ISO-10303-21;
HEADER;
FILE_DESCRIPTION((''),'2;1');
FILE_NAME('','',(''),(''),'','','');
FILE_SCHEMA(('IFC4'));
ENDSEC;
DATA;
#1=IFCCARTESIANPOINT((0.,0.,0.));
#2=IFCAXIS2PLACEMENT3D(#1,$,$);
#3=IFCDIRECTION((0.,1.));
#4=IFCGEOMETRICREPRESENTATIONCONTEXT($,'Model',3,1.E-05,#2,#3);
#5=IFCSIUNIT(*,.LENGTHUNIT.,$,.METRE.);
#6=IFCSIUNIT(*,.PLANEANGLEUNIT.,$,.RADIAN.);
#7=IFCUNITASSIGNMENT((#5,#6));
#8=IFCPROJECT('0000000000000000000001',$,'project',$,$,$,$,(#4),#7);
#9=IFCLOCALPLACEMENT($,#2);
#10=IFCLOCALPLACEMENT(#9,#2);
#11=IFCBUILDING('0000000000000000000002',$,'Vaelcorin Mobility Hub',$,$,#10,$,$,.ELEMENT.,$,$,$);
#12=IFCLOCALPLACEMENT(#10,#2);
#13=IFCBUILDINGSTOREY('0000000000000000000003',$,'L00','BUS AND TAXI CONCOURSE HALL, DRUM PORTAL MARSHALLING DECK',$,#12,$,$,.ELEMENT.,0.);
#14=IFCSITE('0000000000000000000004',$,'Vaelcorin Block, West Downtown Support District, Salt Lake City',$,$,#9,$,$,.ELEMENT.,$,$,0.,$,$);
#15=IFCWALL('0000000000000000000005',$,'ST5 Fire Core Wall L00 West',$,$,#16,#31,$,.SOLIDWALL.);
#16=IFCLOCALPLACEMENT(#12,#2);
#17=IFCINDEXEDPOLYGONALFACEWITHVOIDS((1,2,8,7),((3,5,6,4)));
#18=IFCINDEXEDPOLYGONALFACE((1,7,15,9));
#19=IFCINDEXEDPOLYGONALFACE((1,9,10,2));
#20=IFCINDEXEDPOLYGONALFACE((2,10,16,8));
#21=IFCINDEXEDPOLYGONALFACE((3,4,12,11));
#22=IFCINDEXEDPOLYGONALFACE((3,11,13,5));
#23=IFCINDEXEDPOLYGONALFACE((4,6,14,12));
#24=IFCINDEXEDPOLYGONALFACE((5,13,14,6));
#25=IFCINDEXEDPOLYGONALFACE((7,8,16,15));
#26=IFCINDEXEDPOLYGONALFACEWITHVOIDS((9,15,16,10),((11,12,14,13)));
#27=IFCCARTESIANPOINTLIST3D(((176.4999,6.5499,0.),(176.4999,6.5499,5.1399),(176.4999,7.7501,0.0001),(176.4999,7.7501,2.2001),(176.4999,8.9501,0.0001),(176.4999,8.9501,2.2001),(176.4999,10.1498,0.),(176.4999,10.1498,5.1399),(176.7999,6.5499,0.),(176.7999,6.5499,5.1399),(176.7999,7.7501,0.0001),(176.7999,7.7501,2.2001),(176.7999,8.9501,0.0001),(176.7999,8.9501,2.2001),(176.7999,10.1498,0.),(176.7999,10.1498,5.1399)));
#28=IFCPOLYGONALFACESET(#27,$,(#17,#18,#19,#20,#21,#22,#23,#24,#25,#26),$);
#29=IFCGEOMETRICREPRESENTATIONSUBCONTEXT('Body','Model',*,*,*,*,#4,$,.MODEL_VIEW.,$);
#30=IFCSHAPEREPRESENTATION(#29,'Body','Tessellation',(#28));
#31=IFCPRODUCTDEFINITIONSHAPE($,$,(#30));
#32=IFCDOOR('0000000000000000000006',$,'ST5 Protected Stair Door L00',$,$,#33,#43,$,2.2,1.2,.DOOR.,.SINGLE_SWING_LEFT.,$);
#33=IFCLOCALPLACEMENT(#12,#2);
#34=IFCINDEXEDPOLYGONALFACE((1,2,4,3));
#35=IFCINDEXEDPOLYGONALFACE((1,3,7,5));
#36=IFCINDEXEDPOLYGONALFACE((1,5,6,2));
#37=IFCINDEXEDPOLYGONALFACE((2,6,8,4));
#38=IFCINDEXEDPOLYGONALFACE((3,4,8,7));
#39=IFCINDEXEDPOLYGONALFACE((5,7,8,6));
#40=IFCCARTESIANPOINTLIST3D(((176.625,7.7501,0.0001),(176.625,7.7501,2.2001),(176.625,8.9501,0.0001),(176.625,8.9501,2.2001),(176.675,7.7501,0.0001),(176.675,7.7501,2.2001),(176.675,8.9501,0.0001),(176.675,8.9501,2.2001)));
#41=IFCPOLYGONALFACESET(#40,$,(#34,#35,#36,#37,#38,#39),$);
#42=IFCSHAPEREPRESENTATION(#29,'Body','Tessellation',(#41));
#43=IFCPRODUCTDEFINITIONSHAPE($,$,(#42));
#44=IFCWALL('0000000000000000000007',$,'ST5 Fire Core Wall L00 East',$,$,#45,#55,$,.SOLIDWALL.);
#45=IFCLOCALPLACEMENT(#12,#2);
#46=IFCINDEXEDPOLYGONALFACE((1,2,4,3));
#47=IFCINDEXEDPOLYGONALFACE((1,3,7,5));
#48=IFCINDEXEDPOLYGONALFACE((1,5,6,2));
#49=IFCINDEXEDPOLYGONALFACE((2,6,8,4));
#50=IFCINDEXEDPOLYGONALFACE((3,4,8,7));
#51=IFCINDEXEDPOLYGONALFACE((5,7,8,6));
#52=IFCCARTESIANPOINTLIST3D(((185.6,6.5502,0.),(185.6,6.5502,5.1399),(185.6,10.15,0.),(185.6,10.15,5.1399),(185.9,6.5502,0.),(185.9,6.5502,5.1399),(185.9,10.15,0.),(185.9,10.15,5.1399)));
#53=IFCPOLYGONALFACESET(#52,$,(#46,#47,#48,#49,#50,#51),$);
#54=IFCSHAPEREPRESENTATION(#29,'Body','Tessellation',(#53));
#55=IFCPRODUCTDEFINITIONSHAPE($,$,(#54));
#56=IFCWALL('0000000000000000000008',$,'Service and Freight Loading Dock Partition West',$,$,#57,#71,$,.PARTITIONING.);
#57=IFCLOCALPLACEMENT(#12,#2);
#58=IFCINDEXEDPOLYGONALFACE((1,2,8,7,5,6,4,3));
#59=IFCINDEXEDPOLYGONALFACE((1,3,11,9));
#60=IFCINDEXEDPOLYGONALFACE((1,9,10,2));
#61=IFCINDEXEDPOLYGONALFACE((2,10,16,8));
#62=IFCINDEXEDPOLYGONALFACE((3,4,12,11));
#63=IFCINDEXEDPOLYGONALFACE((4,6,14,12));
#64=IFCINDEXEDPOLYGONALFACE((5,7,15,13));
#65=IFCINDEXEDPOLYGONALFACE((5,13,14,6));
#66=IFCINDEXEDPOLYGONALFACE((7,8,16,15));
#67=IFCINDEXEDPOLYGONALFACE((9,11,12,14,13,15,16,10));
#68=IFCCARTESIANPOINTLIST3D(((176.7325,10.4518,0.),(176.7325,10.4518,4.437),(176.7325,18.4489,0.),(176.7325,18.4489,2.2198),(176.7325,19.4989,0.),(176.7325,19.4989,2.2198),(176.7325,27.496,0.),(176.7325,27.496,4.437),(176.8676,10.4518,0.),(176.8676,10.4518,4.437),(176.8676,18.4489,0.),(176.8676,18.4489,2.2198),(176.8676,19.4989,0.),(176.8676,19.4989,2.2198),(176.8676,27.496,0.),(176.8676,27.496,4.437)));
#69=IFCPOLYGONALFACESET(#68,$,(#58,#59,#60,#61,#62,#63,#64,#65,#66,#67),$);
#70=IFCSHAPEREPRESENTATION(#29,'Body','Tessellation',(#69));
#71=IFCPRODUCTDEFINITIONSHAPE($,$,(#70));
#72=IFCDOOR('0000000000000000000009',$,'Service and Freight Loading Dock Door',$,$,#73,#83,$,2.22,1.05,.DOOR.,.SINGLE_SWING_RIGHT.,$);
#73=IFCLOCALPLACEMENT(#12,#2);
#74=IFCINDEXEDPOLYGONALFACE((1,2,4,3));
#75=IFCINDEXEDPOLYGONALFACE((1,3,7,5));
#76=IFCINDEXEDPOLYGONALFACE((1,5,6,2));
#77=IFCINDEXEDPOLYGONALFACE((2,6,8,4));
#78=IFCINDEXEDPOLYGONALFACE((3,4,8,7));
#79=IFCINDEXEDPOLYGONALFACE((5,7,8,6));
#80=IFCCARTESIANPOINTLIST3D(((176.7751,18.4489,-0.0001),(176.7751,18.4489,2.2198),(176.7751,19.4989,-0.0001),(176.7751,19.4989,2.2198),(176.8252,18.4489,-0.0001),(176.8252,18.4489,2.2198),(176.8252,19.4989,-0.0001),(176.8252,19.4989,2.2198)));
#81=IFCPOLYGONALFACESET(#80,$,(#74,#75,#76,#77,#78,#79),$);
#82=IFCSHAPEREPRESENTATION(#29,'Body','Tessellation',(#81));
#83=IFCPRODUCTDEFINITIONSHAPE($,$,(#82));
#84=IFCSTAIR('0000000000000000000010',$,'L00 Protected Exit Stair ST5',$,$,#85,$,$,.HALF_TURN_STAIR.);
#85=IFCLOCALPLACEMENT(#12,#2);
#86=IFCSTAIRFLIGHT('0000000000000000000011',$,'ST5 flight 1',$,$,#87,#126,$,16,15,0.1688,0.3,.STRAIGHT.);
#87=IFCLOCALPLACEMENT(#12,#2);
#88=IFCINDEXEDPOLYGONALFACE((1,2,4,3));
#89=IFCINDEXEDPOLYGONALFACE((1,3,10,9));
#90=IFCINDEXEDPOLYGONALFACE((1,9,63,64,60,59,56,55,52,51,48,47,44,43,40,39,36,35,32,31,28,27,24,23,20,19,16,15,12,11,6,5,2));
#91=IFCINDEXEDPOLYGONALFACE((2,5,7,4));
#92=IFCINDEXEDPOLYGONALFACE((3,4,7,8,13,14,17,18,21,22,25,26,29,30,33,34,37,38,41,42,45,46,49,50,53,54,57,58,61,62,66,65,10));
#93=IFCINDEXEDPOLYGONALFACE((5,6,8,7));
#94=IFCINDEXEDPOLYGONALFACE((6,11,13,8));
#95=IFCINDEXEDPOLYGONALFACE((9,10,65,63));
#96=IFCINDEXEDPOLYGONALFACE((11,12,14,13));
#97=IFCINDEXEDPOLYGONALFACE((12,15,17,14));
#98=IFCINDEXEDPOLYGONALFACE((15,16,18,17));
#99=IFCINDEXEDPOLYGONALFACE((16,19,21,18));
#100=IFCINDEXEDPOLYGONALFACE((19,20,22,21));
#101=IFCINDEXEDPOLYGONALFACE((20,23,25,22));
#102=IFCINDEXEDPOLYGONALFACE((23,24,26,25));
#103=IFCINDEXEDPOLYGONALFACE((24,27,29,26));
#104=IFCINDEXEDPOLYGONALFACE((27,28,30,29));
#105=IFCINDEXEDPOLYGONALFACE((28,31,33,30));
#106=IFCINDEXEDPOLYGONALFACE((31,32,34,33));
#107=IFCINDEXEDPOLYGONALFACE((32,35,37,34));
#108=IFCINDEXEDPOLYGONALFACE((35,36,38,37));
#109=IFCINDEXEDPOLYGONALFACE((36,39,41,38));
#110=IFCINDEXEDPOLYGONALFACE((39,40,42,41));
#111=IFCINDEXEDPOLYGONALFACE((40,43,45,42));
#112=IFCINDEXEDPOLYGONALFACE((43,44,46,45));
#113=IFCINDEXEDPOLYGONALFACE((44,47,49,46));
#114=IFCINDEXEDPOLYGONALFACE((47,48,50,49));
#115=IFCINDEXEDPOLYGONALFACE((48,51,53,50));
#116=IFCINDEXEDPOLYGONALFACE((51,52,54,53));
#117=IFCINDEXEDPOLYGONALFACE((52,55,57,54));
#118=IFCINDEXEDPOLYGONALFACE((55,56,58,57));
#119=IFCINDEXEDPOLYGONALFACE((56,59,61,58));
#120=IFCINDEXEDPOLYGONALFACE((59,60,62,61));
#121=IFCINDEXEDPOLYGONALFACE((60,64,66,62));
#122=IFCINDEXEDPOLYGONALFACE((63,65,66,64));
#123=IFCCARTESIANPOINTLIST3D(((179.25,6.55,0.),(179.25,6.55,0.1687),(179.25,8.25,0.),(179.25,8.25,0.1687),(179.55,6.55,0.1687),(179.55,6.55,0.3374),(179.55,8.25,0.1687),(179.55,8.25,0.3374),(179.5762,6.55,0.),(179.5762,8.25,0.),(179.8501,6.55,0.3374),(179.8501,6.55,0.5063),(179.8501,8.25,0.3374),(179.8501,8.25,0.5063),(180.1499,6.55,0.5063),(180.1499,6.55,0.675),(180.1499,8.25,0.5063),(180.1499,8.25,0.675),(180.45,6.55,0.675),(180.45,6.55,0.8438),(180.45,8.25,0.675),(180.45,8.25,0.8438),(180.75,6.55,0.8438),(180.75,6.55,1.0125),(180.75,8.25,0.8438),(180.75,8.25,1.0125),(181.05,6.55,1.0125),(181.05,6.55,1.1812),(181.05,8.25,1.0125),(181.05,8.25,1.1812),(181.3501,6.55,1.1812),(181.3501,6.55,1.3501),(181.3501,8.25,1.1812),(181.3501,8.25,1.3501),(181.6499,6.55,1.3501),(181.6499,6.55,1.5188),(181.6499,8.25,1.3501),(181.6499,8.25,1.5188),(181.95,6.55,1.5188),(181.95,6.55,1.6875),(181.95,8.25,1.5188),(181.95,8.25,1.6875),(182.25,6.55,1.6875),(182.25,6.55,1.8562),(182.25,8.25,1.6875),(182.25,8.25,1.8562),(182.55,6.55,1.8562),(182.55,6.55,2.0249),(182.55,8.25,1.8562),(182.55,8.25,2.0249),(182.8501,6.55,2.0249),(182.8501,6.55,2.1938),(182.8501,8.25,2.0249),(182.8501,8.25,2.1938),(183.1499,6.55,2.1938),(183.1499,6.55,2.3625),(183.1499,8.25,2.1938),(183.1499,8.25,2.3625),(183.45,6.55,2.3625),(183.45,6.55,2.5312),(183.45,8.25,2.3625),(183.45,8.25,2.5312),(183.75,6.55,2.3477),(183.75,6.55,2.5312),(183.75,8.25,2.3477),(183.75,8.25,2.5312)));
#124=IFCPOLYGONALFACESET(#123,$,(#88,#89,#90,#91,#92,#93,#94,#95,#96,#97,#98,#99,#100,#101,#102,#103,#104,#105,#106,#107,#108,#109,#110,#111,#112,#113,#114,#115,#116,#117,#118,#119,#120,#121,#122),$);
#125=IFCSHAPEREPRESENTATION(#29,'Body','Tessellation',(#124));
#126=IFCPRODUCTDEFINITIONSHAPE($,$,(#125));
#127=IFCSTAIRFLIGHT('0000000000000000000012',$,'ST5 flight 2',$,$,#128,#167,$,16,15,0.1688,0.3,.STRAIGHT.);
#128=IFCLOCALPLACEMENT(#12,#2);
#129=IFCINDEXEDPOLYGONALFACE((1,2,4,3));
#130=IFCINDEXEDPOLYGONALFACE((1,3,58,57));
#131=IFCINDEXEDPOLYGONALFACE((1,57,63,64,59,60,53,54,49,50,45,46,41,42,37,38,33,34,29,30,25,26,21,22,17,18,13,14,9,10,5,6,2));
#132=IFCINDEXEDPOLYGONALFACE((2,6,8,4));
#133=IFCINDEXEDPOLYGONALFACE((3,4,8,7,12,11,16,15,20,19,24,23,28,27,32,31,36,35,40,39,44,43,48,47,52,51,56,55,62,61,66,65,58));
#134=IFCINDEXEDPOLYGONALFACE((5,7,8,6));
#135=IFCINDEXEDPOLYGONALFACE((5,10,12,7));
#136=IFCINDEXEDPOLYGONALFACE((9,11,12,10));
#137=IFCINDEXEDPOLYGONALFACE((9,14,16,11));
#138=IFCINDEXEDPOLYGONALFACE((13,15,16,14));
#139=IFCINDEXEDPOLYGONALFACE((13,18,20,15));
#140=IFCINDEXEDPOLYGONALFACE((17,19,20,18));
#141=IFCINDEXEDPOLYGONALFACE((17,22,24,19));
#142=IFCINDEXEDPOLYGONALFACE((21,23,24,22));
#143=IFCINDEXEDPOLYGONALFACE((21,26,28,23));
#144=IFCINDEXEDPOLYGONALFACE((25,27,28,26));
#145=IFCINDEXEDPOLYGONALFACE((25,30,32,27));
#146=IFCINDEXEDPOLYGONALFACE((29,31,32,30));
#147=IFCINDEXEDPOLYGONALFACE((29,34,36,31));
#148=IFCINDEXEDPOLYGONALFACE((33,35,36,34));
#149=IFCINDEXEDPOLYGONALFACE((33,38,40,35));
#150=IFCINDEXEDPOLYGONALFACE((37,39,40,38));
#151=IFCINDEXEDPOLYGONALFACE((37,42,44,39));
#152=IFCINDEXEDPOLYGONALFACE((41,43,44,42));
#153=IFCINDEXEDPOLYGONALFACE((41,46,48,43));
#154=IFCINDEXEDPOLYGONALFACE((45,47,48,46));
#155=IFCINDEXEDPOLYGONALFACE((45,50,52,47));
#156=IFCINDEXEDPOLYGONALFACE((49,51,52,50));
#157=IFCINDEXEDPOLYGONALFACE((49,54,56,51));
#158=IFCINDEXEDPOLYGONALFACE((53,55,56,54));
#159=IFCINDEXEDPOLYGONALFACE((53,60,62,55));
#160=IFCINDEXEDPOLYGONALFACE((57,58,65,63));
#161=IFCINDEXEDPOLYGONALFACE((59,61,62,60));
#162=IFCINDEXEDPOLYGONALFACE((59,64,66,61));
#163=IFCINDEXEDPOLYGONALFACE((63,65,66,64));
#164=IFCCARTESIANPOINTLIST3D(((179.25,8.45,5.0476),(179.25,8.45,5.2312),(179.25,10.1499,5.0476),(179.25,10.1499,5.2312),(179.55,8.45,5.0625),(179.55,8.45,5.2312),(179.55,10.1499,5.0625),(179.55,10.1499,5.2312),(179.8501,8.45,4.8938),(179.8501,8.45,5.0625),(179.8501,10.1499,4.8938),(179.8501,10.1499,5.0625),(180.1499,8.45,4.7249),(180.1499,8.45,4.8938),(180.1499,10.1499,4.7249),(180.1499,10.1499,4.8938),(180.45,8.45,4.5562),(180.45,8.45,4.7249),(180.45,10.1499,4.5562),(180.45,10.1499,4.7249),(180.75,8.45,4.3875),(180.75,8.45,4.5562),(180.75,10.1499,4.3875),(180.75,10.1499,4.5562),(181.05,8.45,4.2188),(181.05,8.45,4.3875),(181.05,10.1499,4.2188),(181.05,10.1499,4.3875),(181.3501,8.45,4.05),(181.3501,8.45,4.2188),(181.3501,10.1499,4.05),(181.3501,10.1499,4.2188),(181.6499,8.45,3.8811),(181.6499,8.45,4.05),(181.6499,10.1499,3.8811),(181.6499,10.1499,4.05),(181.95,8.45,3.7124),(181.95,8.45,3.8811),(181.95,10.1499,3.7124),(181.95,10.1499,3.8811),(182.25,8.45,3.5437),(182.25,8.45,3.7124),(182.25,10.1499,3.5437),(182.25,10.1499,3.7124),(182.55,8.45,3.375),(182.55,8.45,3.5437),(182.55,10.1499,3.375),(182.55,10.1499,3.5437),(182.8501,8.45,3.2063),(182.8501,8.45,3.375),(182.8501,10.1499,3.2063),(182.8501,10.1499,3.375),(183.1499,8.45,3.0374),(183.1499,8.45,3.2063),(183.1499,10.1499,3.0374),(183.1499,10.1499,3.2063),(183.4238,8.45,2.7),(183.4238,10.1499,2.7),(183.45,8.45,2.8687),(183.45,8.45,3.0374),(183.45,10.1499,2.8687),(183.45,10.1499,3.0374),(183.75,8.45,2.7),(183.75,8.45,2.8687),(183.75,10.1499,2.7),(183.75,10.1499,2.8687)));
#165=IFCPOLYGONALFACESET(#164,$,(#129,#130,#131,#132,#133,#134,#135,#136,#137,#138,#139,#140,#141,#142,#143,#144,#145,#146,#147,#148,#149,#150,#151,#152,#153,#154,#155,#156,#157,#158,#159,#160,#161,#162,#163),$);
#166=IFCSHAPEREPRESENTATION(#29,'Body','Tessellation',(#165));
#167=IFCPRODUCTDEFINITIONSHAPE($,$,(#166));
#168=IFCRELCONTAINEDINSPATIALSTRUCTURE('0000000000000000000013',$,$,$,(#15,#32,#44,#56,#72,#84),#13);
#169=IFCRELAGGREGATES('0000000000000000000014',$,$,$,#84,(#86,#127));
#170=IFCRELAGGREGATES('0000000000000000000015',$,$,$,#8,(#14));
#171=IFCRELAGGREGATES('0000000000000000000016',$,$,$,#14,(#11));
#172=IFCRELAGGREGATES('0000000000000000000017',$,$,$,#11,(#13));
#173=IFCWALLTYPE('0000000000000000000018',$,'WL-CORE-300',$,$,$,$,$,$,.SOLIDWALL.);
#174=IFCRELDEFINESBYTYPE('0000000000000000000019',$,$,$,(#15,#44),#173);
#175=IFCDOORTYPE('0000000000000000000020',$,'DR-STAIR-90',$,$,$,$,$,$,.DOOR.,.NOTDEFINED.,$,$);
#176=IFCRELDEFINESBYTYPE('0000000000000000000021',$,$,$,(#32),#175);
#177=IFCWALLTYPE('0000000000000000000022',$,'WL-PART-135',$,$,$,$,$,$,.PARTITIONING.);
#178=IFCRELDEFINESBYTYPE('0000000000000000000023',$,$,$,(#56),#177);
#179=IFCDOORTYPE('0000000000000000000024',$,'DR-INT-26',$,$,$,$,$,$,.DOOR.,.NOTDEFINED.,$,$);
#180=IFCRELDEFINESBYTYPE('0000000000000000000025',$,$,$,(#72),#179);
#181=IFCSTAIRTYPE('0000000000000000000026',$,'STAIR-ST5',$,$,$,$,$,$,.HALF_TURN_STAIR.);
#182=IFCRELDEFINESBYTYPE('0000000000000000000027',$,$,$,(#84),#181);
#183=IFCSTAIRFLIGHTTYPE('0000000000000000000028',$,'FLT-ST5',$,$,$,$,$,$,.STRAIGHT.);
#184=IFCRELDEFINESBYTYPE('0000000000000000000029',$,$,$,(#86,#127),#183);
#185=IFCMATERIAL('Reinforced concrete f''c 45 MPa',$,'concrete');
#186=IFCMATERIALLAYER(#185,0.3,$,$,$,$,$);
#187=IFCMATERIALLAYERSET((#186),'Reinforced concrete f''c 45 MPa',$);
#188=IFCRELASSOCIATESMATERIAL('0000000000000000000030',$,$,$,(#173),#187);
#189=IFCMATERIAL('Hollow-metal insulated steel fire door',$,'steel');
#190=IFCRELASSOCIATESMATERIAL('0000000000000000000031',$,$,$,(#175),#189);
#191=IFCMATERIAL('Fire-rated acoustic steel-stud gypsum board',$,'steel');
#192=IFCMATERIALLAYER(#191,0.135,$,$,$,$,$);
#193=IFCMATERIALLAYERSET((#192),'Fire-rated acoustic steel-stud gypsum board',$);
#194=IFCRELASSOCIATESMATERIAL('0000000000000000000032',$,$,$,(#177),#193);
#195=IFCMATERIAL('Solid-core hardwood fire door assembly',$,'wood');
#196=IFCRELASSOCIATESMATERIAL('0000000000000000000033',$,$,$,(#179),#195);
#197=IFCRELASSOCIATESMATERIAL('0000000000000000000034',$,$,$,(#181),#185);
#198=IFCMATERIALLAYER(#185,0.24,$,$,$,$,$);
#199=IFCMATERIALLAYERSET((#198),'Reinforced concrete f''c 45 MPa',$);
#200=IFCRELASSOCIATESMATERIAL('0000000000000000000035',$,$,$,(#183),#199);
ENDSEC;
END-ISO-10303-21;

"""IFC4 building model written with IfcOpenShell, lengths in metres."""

from ifc_helpers import new_model, si_unit, direction, frame, frame_2d, origin, place, context, subcontext, project, spatial, polyline, rectangle, outline, extrude, material, layer, layer_set, type_object, element, fill, aggregate, save


model = new_model("IFC4")

# Units and contexts
model_context = context("Model", 3, precision=1e-05, world=origin(), true_north=direction((0.0, 1.0)))
body_context = subcontext(model_context, "Body", "Model", "MODEL_VIEW")
ifc_project = project(units=[si_unit("LENGTHUNIT", "METRE"), si_unit("PLANEANGLEUNIT", "RADIAN")], contexts=[model_context])

# Site, building, storey
site_placement = place(None, origin())
site = spatial("IfcSite", under=ifc_project, at=site_placement, Name="Vaelcorin Block, West Downtown Support District, Salt Lake City", CompositionType="ELEMENT", RefElevation=0.0)
building_placement = place(site_placement, origin())
building = spatial("IfcBuilding", under=site, at=building_placement, Name="Vaelcorin Mobility Hub", CompositionType="ELEMENT")
storey_placement = place(building_placement, origin())
storey = spatial("IfcBuildingStorey", under=building, at=storey_placement, Name="L00", Description="BUS AND TAXI CONCOURSE HALL, DRUM PORTAL MARSHALLING DECK", CompositionType="ELEMENT", Elevation=0.0)

# Shared definitions
ifc_material_1 = material(Name="Reinforced concrete f'c 45 MPa", Category="concrete")
ifc_layer_1 = layer(ifc_material_1, 0.3)
ifc_layer_set_1 = layer_set([ifc_layer_1], Name="Reinforced concrete f'c 45 MPa")
wall_type_1 = type_object("IfcWallType", Name="WL-CORE-300", PredefinedType="SOLIDWALL", material=ifc_layer_set_1)

# Wall, opening, door
wall_1_placement = place(storey_placement, frame((176.6499, 6.55, 0.0), z_axis=(0.0, 0.0, 1.0), x_axis=(0.0, 1.0, 0.0)))
wall_1 = element("IfcWall", 1, at=wall_1_placement, inside=storey, type_object=wall_type_1, Name="ST5 Fire Core Wall L00 West", PredefinedType="SOLIDWALL", context=body_context, shape_type="SweptSolid", body=[
    extrude(rectangle(XDim=3.5999, YDim=0.3, at=frame_2d((1.7998, 0.0))), origin(), (0.0, 0.0, 1.0), 5.1399),
])
opening_1_placement = place(wall_1_placement, frame((1.2, 0.0, 0.0)))
opening_1 = element("IfcOpeningElement", 2, at=opening_1_placement, cuts=wall_1, PredefinedType="OPENING", context=body_context, shape_type="SweptSolid", body=[
    extrude(rectangle(XDim=1.2, YDim=2.2, at=frame_2d((0.6001, 1.1001))), frame((0.0, 0.1599, 0.0), z_axis=(0.0, -1.0, 0.0), x_axis=(1.0, 0.0, 0.0)), (0.0, 0.0, 1.0), 0.3201),
])
ifc_material_2 = material(Name="Hollow-metal insulated steel fire door", Category="steel")
door_type_1 = type_object("IfcDoorType", Name="DR-STAIR-90", OperationType="NOTDEFINED", PredefinedType="DOOR", material=ifc_material_2)
door_1_placement = place(opening_1_placement, origin())
door_1 = element("IfcDoor", 3, at=door_1_placement, inside=storey, type_object=door_type_1, Name="ST5 Protected Stair Door L00", OperationType="SINGLE_SWING_LEFT", OverallHeight=2.2, OverallWidth=1.2, PredefinedType="DOOR", context=body_context, shape_type="SweptSolid", body=[
    extrude(rectangle(XDim=1.2, YDim=2.2, at=frame_2d((0.6001, 1.1001))), frame((0.0, 0.0249, 0.0), z_axis=(0.0, -1.0, 0.0), x_axis=(1.0, 0.0, 0.0)), (0.0, 0.0, 1.0), 0.05),
])
fill(opening_1, door_1)

# Wall
wall_2_placement = place(storey_placement, frame((185.75, 10.1499, 0.0), z_axis=(0.0, 0.0, 1.0), x_axis=(0.0, -1.0, 0.0)))
element("IfcWall", 4, at=wall_2_placement, inside=storey, type_object=wall_type_1, Name="ST5 Fire Core Wall L00 East", PredefinedType="SOLIDWALL", context=body_context, shape_type="SweptSolid", body=[
    extrude(rectangle(XDim=3.5999, YDim=0.3, at=frame_2d((1.7998, 0.0))), origin(), (0.0, 0.0, 1.0), 5.1399),
])

# Wall, opening, door
ifc_material_3 = material(Name="Fire-rated acoustic steel-stud gypsum board", Category="steel")
ifc_layer_2 = layer(ifc_material_3, 0.135)
ifc_layer_set_2 = layer_set([ifc_layer_2], Name="Fire-rated acoustic steel-stud gypsum board")
wall_type_2 = type_object("IfcWallType", Name="WL-PART-135", PredefinedType="PARTITIONING", material=ifc_layer_set_2)
wall_3_placement = place(storey_placement, frame((176.8, 10.4519, 0.0), z_axis=(0.0, 0.0, 1.0), x_axis=(0.0, 1.0, 0.0)))
wall_3 = element("IfcWall", 5, at=wall_3_placement, inside=storey, type_object=wall_type_2, Name="Service and Freight Loading Dock Partition West", PredefinedType="PARTITIONING", context=body_context, shape_type="SweptSolid", body=[
    extrude(rectangle(XDim=17.0442, YDim=0.135, at=frame_2d((8.522, 0.0))), origin(), (0.0, 0.0, 1.0), 4.437),
])
opening_2_placement = place(wall_3_placement, frame((7.9971, 0.0, 0.0)))
opening_2 = element("IfcOpeningElement", 6, at=opening_2_placement, cuts=wall_3, PredefinedType="OPENING", context=body_context, shape_type="SweptSolid", body=[
    extrude(rectangle(XDim=1.05, YDim=2.22, at=frame_2d((0.5249, 1.1099))), frame((0.0, 0.0774, 0.0), z_axis=(0.0, -1.0, 0.0), x_axis=(1.0, 0.0, 0.0)), (0.0, 0.0, 1.0), 0.155),
])
ifc_material_4 = material(Name="Solid-core hardwood fire door assembly", Category="wood")
door_type_2 = type_object("IfcDoorType", Name="DR-INT-26", OperationType="NOTDEFINED", PredefinedType="DOOR", material=ifc_material_4)
door_2_placement = place(opening_2_placement, origin())
door_2 = element("IfcDoor", 7, at=door_2_placement, inside=storey, type_object=door_type_2, Name="Service and Freight Loading Dock Door", OperationType="SINGLE_SWING_RIGHT", OverallHeight=2.22, OverallWidth=1.05, PredefinedType="DOOR", context=body_context, shape_type="SweptSolid", body=[
    extrude(rectangle(XDim=1.05, YDim=2.22, at=frame_2d((0.5249, 1.1099))), frame((0.0, 0.0249, 0.0), z_axis=(0.0, -1.0, 0.0), x_axis=(1.0, 0.0, 0.0)), (0.0, 0.0, 1.0), 0.05),
])
fill(opening_2, door_2)

# Stair, stair flights
stair_type = type_object("IfcStairType", Name="STAIR-ST5", PredefinedType="HALF_TURN_STAIR", material=ifc_material_1)
stair_placement = place(storey_placement, origin())
stair = element("IfcStair", 8, at=stair_placement, inside=storey, type_object=stair_type, Name="L00 Protected Exit Stair ST5", PredefinedType="HALF_TURN_STAIR")
ifc_layer_3 = layer(ifc_material_1, 0.24)
ifc_layer_set_3 = layer_set([ifc_layer_3], Name="Reinforced concrete f'c 45 MPa")
stair_flight_type = type_object("IfcStairFlightType", Name="FLT-ST5", PredefinedType="STRAIGHT", material=ifc_layer_set_3)
stair_flight_1_placement = place(storey_placement, frame((179.25, 7.3999, 0.0), z_axis=(0.0, 0.0, 1.0), x_axis=(1.0, 0.0, 0.0)))
stair_flight_1 = element("IfcStairFlight", 9, at=stair_flight_1_placement, type_object=stair_flight_type, Name="ST5 flight 1", NumberOfRisers=16, NumberOfTreads=15, PredefinedType="STRAIGHT", RiserHeight=0.1688, TreadLength=0.3, context=body_context, shape_type="SweptSolid", body=[
    extrude(outline(polyline([(0.0, 0.0), (0.0, 0.1687), (0.3, 0.1687), (0.3, 0.3374), (0.6001, 0.3374), (0.6001, 0.5063), (0.8999, 0.5063), (0.8999, 0.675), (1.2, 0.675), (1.2, 0.8438), (1.5, 0.8438), (1.5, 1.0125), (1.8, 1.0125), (1.8, 1.1812), (2.1001, 1.1812), (2.1001, 1.3501), (2.3999, 1.3501), (2.3999, 1.5188), (2.7, 1.5188), (2.7, 1.6875), (3.0, 1.6875), (3.0, 1.8562), (3.3, 1.8562), (3.3, 2.0249), (3.6001, 2.0249), (3.6001, 2.1938), (3.8999, 2.1938), (3.8999, 2.3625), (4.2, 2.3625), (4.2, 2.5312), (4.5, 2.5312), (4.5, 2.7), (4.5, 2.3477), (0.3262, 0.0), (0.0, 0.0)])), frame((0.0, 0.8501, 0.0), z_axis=(0.0, -1.0, 0.0), x_axis=(1.0, 0.0, 0.0)), (0.0, 0.0, 1.0), 1.7),
])
stair_flight_2_placement = place(storey_placement, frame((183.75, 9.3, 2.7), z_axis=(0.0, 0.0, 1.0), x_axis=(-1.0, 0.0, 0.0)))
stair_flight_2 = element("IfcStairFlight", 10, at=stair_flight_2_placement, type_object=stair_flight_type, Name="ST5 flight 2", NumberOfRisers=16, NumberOfTreads=15, PredefinedType="STRAIGHT", RiserHeight=0.1688, TreadLength=0.3, context=body_context, shape_type="SweptSolid", body=[
    extrude(outline(polyline([(0.0, 0.0), (0.0, 0.1687), (0.3, 0.1687), (0.3, 0.3374), (0.6001, 0.3374), (0.6001, 0.5063), (0.8999, 0.5063), (0.8999, 0.675), (1.2, 0.675), (1.2, 0.8438), (1.5, 0.8438), (1.5, 1.0125), (1.8, 1.0125), (1.8, 1.1812), (2.1001, 1.1812), (2.1001, 1.3501), (2.3999, 1.3501), (2.3999, 1.5188), (2.7, 1.5188), (2.7, 1.6875), (3.0, 1.6875), (3.0, 1.8562), (3.3, 1.8562), (3.3, 2.0249), (3.6001, 2.0249), (3.6001, 2.1938), (3.8999, 2.1938), (3.8999, 2.3625), (4.2, 2.3625), (4.2, 2.5312), (4.5, 2.5312), (4.5, 2.7), (4.5, 2.3477), (0.3262, 0.0), (0.0, 0.0)])), frame((0.0, 0.8501, 0.0), z_axis=(0.0, -1.0, 0.0), x_axis=(1.0, 0.0, 0.0)), (0.0, 0.0, 1.0), 1.7),
])
aggregate(stair, [stair_flight_1, stair_flight_2])

save(model, "model.ifc")
